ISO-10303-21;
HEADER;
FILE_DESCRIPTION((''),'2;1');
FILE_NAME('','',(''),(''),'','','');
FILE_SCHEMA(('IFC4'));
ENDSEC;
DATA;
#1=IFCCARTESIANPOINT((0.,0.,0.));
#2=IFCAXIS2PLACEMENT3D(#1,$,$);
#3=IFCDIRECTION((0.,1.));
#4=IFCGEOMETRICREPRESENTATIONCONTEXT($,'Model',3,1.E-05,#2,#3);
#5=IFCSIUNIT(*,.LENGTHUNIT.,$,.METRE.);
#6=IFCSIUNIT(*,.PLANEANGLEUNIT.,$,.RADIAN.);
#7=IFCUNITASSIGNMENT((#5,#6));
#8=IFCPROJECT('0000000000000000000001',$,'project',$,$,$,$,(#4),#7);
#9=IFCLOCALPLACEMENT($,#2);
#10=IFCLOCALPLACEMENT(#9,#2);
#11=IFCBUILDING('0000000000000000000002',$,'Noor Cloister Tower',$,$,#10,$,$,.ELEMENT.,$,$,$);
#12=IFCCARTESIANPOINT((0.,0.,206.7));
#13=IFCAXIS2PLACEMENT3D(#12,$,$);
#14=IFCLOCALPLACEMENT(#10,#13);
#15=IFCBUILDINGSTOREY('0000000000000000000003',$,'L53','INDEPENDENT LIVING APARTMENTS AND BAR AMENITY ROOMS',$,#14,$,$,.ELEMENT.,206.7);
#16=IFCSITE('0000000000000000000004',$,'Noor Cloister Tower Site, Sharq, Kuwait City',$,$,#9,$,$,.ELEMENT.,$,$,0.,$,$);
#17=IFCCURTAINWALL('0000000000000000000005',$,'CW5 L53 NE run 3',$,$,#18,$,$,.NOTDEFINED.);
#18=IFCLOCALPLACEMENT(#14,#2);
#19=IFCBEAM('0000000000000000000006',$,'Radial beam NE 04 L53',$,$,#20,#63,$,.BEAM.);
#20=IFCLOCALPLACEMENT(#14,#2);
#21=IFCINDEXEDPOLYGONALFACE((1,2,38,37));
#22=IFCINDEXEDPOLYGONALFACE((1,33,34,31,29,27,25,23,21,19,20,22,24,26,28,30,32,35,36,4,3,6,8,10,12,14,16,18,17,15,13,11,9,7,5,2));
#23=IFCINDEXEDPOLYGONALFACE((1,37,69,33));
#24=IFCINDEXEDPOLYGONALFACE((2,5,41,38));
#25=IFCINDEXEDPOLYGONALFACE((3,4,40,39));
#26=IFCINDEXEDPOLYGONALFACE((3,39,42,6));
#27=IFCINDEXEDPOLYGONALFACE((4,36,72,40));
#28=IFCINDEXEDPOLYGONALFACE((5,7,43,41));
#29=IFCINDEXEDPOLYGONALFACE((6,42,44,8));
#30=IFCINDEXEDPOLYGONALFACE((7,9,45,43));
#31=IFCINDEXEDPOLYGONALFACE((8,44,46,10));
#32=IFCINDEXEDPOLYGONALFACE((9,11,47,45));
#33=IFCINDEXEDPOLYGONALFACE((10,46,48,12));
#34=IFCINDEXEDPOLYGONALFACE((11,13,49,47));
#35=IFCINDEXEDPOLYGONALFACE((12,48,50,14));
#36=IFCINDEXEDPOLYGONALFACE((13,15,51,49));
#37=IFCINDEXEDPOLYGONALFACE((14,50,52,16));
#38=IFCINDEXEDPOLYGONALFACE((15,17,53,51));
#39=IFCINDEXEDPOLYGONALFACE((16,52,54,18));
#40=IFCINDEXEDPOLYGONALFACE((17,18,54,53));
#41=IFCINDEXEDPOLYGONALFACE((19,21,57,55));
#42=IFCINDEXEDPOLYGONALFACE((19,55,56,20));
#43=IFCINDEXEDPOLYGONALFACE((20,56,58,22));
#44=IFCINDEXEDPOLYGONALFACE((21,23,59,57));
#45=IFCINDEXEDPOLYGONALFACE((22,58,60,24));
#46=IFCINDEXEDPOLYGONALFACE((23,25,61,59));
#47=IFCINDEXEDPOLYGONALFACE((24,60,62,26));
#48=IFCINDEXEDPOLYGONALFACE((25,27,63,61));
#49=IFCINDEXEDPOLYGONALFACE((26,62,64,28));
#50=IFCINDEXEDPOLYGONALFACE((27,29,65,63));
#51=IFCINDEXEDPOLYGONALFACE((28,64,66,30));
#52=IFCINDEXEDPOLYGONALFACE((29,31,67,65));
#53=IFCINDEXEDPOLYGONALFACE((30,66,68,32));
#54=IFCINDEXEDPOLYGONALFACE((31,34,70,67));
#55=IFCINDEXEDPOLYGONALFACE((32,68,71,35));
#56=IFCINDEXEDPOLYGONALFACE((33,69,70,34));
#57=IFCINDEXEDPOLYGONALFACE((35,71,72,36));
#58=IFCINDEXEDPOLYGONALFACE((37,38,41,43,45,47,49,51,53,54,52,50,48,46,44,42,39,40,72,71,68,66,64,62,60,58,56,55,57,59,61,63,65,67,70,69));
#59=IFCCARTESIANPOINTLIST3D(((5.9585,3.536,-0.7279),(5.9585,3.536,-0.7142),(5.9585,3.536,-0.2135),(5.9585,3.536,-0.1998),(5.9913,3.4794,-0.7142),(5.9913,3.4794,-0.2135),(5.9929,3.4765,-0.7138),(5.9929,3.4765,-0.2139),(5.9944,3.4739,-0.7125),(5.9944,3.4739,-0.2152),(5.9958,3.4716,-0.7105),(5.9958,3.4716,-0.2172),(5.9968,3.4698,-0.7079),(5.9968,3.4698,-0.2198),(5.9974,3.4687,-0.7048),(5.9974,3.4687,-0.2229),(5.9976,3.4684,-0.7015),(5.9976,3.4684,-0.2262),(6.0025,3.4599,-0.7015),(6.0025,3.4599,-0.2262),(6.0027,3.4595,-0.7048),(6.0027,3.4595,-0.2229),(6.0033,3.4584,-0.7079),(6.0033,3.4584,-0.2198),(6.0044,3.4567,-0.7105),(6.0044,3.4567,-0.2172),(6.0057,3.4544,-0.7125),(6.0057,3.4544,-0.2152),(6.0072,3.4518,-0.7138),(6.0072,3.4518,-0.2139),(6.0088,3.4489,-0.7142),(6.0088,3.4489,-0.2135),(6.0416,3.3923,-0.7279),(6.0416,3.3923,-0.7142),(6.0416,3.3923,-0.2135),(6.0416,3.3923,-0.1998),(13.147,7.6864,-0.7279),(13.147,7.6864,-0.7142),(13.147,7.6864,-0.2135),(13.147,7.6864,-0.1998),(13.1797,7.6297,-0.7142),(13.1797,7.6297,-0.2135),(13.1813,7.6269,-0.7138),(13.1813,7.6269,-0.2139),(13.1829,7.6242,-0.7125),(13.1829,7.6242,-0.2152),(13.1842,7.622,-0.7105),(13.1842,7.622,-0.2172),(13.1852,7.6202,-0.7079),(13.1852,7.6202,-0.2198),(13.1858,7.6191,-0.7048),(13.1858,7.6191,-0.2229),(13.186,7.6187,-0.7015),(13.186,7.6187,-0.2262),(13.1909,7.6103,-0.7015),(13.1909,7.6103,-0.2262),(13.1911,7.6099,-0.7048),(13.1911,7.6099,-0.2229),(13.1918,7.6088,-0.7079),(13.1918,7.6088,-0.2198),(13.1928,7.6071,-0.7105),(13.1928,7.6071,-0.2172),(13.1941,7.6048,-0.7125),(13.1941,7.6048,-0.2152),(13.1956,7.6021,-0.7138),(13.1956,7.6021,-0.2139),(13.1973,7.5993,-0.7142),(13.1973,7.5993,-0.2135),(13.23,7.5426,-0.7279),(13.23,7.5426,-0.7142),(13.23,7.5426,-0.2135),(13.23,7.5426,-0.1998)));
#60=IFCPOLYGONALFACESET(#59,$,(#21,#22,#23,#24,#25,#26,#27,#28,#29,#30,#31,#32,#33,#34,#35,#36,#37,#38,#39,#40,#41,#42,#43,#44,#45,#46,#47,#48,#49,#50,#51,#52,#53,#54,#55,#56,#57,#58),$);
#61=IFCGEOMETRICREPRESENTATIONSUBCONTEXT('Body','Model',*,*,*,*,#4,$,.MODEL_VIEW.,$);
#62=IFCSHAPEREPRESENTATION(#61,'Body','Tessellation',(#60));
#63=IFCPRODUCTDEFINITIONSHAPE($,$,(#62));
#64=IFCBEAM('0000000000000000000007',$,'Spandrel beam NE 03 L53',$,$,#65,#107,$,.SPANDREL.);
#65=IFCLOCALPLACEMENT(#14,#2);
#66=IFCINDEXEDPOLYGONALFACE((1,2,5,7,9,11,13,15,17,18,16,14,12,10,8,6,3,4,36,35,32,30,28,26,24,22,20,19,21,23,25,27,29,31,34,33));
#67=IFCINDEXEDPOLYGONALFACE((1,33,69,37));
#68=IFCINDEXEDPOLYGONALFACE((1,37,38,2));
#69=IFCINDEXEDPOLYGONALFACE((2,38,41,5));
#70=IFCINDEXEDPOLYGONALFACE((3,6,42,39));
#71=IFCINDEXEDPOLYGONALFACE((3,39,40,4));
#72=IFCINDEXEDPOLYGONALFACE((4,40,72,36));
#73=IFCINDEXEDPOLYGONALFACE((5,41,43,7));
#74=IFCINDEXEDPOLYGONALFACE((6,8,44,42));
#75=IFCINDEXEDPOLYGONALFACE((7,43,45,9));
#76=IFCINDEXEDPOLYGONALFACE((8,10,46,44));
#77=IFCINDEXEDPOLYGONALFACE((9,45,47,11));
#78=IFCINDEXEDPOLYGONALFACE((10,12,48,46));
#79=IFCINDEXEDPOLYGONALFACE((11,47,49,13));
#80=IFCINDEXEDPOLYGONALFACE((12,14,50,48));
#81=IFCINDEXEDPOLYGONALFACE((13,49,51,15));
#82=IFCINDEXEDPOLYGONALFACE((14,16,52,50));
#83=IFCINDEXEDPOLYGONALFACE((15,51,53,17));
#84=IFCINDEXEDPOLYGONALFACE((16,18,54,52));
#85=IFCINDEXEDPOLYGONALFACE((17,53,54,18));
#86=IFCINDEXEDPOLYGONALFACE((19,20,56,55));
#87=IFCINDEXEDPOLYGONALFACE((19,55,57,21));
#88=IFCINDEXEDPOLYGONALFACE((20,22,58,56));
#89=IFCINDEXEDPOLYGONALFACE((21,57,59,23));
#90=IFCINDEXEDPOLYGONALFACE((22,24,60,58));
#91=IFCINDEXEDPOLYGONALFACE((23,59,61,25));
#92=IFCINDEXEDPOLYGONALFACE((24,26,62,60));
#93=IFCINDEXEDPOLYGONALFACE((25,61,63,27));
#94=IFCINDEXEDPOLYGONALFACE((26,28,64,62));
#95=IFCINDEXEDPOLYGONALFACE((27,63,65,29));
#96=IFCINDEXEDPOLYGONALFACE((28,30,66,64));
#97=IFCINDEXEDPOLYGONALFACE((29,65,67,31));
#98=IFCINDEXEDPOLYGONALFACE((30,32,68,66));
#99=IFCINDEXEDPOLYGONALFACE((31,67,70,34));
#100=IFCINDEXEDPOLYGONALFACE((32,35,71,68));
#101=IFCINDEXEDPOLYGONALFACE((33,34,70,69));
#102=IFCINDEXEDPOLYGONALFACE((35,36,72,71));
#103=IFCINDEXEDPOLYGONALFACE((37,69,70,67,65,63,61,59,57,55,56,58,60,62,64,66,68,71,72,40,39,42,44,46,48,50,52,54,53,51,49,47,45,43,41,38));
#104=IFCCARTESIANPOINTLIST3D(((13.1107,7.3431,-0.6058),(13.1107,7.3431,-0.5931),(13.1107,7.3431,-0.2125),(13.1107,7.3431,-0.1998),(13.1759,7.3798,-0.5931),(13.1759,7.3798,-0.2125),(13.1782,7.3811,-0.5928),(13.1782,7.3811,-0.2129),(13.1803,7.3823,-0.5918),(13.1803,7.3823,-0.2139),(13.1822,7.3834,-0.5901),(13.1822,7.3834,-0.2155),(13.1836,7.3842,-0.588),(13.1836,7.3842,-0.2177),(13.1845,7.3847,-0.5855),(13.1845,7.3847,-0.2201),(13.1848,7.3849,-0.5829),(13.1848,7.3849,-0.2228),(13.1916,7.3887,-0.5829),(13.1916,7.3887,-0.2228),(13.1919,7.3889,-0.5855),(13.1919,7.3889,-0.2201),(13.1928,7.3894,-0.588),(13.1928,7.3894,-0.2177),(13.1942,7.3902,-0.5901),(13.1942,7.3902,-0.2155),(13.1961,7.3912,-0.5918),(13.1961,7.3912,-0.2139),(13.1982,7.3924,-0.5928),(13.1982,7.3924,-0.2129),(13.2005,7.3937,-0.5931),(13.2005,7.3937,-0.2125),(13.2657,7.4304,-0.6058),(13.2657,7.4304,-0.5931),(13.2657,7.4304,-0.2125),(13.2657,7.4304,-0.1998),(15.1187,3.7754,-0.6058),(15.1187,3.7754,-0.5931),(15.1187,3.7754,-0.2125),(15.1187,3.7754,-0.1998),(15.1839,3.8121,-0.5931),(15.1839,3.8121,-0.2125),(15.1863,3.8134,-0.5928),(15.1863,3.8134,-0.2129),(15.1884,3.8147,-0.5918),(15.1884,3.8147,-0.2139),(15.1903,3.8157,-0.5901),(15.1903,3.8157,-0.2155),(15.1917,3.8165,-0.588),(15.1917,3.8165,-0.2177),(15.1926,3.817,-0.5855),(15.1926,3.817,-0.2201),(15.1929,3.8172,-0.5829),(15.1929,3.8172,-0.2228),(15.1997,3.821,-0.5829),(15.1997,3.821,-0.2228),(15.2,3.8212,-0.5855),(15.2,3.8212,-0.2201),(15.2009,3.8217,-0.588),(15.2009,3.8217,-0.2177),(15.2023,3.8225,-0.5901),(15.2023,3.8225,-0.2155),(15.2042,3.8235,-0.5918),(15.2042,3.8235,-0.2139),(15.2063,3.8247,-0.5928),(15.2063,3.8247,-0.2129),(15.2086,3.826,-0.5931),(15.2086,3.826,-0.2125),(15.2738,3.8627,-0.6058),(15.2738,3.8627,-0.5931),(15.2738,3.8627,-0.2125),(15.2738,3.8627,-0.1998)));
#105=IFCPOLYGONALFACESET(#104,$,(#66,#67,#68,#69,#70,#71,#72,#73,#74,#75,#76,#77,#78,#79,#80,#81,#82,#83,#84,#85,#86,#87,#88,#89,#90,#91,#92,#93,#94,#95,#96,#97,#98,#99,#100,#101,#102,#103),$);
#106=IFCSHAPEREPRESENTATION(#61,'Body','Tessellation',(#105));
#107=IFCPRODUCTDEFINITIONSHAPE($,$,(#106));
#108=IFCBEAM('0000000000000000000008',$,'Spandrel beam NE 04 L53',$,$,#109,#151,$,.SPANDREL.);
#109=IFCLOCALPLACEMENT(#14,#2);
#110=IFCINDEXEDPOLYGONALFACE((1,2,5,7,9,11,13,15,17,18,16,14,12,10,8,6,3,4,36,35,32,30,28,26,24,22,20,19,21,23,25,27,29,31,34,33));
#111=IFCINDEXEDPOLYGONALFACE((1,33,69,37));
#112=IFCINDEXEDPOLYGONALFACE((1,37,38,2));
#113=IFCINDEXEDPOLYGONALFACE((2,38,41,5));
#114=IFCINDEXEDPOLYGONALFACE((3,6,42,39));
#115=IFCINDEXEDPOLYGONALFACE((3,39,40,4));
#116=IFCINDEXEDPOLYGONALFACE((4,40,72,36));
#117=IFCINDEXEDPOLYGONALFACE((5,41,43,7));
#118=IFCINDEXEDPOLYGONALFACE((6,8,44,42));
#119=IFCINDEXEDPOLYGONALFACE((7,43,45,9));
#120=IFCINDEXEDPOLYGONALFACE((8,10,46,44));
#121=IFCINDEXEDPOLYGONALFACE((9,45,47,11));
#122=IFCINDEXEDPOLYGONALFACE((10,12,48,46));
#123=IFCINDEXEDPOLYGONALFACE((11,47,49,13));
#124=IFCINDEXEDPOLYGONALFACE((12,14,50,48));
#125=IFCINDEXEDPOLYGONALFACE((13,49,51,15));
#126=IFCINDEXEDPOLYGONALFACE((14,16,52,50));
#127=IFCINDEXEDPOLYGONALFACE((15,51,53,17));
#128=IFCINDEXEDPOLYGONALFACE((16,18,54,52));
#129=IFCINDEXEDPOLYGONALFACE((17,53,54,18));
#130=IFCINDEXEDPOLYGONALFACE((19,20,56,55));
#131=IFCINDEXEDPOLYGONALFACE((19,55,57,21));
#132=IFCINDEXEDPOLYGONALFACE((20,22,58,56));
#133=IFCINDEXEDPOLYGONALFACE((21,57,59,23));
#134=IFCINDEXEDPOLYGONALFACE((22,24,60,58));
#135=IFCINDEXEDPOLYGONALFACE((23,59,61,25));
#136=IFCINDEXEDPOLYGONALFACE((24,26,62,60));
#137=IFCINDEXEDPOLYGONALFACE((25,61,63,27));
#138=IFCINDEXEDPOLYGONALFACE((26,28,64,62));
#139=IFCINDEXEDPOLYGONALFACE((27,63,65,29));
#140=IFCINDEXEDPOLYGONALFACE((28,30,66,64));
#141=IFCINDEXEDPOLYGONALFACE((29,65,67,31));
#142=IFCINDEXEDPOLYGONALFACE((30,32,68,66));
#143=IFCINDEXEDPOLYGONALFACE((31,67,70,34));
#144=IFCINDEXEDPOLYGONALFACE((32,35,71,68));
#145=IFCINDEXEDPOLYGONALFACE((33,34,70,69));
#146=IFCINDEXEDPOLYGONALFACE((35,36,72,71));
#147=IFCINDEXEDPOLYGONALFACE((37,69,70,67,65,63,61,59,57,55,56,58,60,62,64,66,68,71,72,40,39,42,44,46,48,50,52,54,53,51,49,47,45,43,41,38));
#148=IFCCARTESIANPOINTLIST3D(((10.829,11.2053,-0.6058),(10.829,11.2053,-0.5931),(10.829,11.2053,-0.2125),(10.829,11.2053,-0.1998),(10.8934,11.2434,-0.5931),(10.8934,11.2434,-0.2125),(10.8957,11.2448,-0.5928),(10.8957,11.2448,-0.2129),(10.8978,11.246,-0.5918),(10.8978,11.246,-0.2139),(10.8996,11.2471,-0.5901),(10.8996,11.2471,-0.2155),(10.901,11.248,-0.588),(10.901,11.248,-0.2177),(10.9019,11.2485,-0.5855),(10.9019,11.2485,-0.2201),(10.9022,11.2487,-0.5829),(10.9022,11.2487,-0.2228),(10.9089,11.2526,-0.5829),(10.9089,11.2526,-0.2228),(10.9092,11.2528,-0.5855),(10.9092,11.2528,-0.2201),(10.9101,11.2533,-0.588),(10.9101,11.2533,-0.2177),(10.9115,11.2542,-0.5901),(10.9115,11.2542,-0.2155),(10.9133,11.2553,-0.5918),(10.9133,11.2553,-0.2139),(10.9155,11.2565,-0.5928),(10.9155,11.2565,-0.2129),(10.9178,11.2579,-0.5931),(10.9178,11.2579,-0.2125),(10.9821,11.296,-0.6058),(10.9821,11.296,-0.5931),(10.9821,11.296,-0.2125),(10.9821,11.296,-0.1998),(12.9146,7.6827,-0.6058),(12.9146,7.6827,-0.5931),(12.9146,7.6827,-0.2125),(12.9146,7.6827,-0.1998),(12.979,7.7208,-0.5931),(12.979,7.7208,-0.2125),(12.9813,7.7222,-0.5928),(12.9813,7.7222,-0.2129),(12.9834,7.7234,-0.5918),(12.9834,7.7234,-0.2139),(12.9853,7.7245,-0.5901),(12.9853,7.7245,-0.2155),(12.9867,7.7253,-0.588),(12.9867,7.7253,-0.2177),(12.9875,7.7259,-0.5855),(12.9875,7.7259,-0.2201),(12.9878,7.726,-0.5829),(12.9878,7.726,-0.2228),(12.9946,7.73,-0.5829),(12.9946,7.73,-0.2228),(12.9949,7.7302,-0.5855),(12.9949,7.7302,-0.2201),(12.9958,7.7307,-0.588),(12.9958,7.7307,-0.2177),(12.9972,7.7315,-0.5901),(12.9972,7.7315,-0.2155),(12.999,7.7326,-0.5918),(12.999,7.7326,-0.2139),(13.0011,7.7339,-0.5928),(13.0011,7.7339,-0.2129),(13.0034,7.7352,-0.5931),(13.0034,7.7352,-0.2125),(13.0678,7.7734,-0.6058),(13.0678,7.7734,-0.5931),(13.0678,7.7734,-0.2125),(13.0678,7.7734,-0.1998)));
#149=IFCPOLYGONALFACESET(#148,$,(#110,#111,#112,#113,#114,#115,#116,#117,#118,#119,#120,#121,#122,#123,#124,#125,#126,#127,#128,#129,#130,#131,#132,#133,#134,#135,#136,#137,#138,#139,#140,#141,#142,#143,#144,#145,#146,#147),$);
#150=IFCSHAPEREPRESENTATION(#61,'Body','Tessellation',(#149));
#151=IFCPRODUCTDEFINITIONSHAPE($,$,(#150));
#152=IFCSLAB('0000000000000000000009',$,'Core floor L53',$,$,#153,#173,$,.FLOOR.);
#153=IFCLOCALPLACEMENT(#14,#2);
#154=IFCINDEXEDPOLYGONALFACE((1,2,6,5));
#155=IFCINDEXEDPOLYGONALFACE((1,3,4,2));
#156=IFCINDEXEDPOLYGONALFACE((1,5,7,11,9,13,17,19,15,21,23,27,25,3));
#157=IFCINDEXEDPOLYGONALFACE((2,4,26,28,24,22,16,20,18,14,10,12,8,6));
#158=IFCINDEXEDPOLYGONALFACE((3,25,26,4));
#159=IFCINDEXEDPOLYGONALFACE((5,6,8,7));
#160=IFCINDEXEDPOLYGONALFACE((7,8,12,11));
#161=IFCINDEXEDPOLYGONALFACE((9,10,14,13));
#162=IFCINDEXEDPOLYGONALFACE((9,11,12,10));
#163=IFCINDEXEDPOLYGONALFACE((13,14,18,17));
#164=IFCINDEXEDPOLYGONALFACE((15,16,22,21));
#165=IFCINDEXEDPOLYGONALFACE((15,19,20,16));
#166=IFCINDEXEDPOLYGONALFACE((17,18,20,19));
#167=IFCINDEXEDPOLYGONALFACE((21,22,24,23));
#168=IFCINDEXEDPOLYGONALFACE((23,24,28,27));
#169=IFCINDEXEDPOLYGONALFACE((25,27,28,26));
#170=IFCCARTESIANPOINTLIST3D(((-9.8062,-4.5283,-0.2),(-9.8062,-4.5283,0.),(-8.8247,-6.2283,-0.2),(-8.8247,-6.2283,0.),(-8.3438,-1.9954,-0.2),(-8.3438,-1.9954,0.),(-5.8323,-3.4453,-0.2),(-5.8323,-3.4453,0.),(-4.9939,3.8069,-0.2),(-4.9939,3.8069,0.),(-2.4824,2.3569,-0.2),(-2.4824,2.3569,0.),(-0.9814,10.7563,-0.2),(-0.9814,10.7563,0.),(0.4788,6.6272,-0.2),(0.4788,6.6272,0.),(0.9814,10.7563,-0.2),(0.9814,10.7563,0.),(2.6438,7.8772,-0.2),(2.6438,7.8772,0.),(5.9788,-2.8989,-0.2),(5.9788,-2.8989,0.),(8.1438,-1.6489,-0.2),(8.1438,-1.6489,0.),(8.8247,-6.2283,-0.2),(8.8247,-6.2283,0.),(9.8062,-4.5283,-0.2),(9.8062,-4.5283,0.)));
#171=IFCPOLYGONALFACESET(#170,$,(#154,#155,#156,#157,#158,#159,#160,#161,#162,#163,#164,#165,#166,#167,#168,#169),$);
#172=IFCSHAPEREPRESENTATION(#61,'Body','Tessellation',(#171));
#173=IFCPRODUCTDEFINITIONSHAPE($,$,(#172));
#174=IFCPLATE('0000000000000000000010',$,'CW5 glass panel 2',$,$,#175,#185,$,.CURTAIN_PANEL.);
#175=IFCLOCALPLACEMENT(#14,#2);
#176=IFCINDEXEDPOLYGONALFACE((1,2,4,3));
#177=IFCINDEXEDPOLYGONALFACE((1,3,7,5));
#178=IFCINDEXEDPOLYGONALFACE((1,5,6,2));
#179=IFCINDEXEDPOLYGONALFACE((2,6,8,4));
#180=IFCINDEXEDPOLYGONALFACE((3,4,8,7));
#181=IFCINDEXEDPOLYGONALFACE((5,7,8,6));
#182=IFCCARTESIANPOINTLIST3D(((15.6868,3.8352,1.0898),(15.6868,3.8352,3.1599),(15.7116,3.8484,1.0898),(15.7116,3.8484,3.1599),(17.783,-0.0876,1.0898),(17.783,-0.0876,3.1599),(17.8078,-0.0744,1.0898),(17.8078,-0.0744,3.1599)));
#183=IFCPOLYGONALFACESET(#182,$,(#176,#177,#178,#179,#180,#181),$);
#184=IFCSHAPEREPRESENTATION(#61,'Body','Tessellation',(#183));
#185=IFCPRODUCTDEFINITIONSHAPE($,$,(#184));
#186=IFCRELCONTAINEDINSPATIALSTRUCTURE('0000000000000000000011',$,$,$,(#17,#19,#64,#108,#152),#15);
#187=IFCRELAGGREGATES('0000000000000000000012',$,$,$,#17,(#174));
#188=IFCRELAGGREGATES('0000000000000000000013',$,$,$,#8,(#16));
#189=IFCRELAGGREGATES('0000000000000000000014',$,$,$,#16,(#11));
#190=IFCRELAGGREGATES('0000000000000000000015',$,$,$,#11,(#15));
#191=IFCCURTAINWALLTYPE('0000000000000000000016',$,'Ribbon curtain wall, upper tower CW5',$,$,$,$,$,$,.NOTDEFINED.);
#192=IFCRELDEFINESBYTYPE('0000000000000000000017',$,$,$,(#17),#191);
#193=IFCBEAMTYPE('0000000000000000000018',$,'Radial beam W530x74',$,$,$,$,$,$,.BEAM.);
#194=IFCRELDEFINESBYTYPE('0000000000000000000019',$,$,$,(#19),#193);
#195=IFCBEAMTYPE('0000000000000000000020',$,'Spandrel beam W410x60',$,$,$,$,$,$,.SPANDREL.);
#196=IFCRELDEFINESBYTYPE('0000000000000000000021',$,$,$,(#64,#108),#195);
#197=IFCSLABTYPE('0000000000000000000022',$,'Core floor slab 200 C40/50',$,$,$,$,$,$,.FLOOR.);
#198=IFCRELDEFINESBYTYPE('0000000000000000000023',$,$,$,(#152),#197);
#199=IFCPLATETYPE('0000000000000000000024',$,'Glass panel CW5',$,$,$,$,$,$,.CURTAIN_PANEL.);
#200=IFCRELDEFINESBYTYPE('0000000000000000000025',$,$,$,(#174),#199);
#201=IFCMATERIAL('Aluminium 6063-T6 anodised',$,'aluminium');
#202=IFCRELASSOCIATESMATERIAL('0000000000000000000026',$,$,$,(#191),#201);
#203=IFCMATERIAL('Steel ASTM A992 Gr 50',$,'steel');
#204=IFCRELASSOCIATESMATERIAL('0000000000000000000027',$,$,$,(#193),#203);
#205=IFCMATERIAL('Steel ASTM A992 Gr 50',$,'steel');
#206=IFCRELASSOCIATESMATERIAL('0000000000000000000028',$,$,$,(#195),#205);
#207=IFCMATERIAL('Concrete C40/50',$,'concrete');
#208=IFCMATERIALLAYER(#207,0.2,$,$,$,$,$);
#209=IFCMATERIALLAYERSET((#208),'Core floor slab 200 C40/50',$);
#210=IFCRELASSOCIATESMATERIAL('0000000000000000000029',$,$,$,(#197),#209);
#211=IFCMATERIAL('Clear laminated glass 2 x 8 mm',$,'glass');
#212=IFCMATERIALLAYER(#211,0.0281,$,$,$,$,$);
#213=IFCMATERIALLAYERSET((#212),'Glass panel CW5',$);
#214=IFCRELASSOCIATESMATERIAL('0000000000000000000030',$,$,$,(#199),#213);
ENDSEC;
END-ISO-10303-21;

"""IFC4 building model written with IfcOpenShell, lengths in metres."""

from ifc_helpers import new_model, si_unit, direction, frame, origin, origin_2d, place, context, subcontext, project, spatial, polyline, rectangle, i_section, outline, extrude, material, layer, layer_set, material_profile, profile_set, type_object, element, aggregate, save


model = new_model("IFC4")

# Units and contexts
model_context = context("Model", 3, precision=1e-05, world=origin(), true_north=direction((0.0, 1.0)))
body_context = subcontext(model_context, "Body", "Model", "MODEL_VIEW")
ifc_project = project(units=[si_unit("LENGTHUNIT", "METRE"), si_unit("PLANEANGLEUNIT", "RADIAN")], contexts=[model_context])

# Site, building, storey
site_placement = place(None, origin())
site = spatial("IfcSite", under=ifc_project, at=site_placement, Name="Noor Cloister Tower Site, Sharq, Kuwait City", CompositionType="ELEMENT", RefElevation=0.0)
building_placement = place(site_placement, origin())
building = spatial("IfcBuilding", under=site, at=building_placement, Name="Noor Cloister Tower", CompositionType="ELEMENT")
storey_placement = place(building_placement, frame((0.0, 0.0, 206.7)))
storey = spatial("IfcBuildingStorey", under=building, at=storey_placement, Name="L53", Description="INDEPENDENT LIVING APARTMENTS AND BAR AMENITY ROOMS", CompositionType="ELEMENT", Elevation=206.7)

# Curtain wall
ifc_material_1 = material(Name="Aluminium 6063-T6 anodised", Category="aluminium")
curtain_wall_type = type_object("IfcCurtainWallType", Name="Ribbon curtain wall, upper tower CW5", PredefinedType="NOTDEFINED", material=ifc_material_1)
curtain_wall_placement = place(storey_placement, origin())
curtain_wall = element("IfcCurtainWall", 1, at=curtain_wall_placement, inside=storey, type_object=curtain_wall_type, Name="CW5 L53 NE run 3", PredefinedType="NOTDEFINED")

# Beams
ifc_material_2 = material(Name="Steel ASTM A992 Gr 50", Category="steel")
ifc_material_profile_1 = material_profile(ifc_material_2, i_section(OverallWidth=0.166, OverallDepth=0.5281, WebThickness=0.0098, FlangeThickness=0.0137, FilletRadius=0.0127, at=origin_2d()), Name="W530x74")
ifc_profile_set_1 = profile_set([ifc_material_profile_1], Name="Steel ASTM A992 Gr 50")
beam_type_1 = type_object("IfcBeamType", Name="Radial beam W530x74", PredefinedType="BEAM", material=ifc_profile_set_1)
beam_1_placement = place(storey_placement, frame((13.1885, 7.6145, -0.4639), z_axis=(-0.866019, -0.500011, 0.0), x_axis=(0.500011, -0.866019, 0.0)))
element("IfcBeam", 2, at=beam_1_placement, inside=storey, type_object=beam_type_1, Name="Radial beam NE 04 L53", PredefinedType="BEAM", context=body_context, shape_type="SweptSolid", body=[
    extrude(i_section(OverallWidth=0.166, OverallDepth=0.5281, WebThickness=0.0098, FlangeThickness=0.0137, FilletRadius=0.0127, at=origin_2d()), origin(), (0.0, 0.0, 1.0), 8.3005),
])
ifc_material_3 = material(Name="Steel ASTM A992 Gr 50", Category="steel")
ifc_material_profile_2 = material_profile(ifc_material_3, i_section(OverallWidth=0.178, OverallDepth=0.406, WebThickness=0.0078, FlangeThickness=0.0127, FilletRadius=0.0103, at=origin_2d()), Name="W410x60")
ifc_profile_set_2 = profile_set([ifc_material_profile_2], Name="Steel ASTM A992 Gr 50")
beam_type_2 = type_object("IfcBeamType", Name="Spandrel beam W410x60", PredefinedType="SPANDREL", material=ifc_profile_set_2)
beam_2_placement = place(storey_placement, frame((15.1963, 3.8191, -0.4028), z_axis=(-0.490496, 0.871443, 0.0), x_axis=(-0.871443, -0.490496, 0.0)))
element("IfcBeam", 3, at=beam_2_placement, inside=storey, type_object=beam_type_2, Name="Spandrel beam NE 03 L53", PredefinedType="SPANDREL", context=body_context, shape_type="SweptSolid", body=[
    extrude(i_section(OverallWidth=0.178, OverallDepth=0.406, WebThickness=0.0078, FlangeThickness=0.0127, FilletRadius=0.0103, at=origin_2d()), origin(), (0.0, 0.0, 1.0), 4.094),
])
beam_3_placement = place(storey_placement, frame((12.9912, 7.728, -0.4028), z_axis=(-0.509471, 0.860488, 0.0), x_axis=(-0.860488, -0.509471, 0.0)))
element("IfcBeam", 4, at=beam_3_placement, inside=storey, type_object=beam_type_2, Name="Spandrel beam NE 04 L53", PredefinedType="SPANDREL", context=body_context, shape_type="SweptSolid", body=[
    extrude(i_section(OverallWidth=0.178, OverallDepth=0.406, WebThickness=0.0078, FlangeThickness=0.0127, FilletRadius=0.0103, at=origin_2d()), origin(), (0.0, 0.0, 1.0), 4.0938),
])

# Slab
ifc_material_4 = material(Name="Concrete C40/50", Category="concrete")
ifc_layer_1 = layer(ifc_material_4, 0.2)
ifc_layer_set_1 = layer_set([ifc_layer_1], Name="Core floor slab 200 C40/50")
slab_type_1 = type_object("IfcSlabType", Name="Core floor slab 200 C40/50", PredefinedType="FLOOR", material=ifc_layer_set_1)
slab_1_placement = place(storey_placement, frame((0.0, 0.0, -0.2)))
element("IfcSlab", 5, at=slab_1_placement, inside=storey, type_object=slab_type_1, Name="Core floor L53", PredefinedType="FLOOR", context=body_context, shape_type="SweptSolid", body=[
    extrude(outline(polyline([(2.6438, 7.8772), (0.9814, 10.7563), (-0.9814, 10.7563), (-4.9939, 3.8069), (-2.4824, 2.3569), (-5.8323, -3.4453), (-8.3438, -1.9954), (-9.8062, -4.5283), (-8.8247, -6.2283), (8.8247, -6.2283), (9.8062, -4.5283), (8.1438, -1.6489), (5.9788, -2.8989), (0.4788, 6.6272), (2.6438, 7.8772)])), origin(), (0.0, 0.0, 1.0), 0.2),
])

# Plate
ifc_material_5 = material(Name="Clear laminated glass 2 x 8 mm", Category="glass")
ifc_layer_2 = layer(ifc_material_5, 0.0281)
ifc_layer_set_2 = layer_set([ifc_layer_2], Name="Glass panel CW5")
plate_type = type_object("IfcPlateType", Name="Glass panel CW5", PredefinedType="CURTAIN_PANEL", material=ifc_layer_set_2)
plate_1_placement = place(storey_placement, frame((16.7473, 1.8804, 1.0898), z_axis=(0.0, 0.0, 1.0), x_axis=(-0.471298, 0.881974, 0.0)))
plate_1 = element("IfcPlate", 6, at=plate_1_placement, type_object=plate_type, Name="CW5 glass panel 2", PredefinedType="CURTAIN_PANEL", context=body_context, shape_type="SweptSolid", body=[
    extrude(rectangle(XDim=4.4478, YDim=0.0281, at=origin_2d()), origin(), (0.0, 0.0, 1.0), 2.0701),
])
aggregate(curtain_wall, [plate_1])

save(model, "model.ifc")
